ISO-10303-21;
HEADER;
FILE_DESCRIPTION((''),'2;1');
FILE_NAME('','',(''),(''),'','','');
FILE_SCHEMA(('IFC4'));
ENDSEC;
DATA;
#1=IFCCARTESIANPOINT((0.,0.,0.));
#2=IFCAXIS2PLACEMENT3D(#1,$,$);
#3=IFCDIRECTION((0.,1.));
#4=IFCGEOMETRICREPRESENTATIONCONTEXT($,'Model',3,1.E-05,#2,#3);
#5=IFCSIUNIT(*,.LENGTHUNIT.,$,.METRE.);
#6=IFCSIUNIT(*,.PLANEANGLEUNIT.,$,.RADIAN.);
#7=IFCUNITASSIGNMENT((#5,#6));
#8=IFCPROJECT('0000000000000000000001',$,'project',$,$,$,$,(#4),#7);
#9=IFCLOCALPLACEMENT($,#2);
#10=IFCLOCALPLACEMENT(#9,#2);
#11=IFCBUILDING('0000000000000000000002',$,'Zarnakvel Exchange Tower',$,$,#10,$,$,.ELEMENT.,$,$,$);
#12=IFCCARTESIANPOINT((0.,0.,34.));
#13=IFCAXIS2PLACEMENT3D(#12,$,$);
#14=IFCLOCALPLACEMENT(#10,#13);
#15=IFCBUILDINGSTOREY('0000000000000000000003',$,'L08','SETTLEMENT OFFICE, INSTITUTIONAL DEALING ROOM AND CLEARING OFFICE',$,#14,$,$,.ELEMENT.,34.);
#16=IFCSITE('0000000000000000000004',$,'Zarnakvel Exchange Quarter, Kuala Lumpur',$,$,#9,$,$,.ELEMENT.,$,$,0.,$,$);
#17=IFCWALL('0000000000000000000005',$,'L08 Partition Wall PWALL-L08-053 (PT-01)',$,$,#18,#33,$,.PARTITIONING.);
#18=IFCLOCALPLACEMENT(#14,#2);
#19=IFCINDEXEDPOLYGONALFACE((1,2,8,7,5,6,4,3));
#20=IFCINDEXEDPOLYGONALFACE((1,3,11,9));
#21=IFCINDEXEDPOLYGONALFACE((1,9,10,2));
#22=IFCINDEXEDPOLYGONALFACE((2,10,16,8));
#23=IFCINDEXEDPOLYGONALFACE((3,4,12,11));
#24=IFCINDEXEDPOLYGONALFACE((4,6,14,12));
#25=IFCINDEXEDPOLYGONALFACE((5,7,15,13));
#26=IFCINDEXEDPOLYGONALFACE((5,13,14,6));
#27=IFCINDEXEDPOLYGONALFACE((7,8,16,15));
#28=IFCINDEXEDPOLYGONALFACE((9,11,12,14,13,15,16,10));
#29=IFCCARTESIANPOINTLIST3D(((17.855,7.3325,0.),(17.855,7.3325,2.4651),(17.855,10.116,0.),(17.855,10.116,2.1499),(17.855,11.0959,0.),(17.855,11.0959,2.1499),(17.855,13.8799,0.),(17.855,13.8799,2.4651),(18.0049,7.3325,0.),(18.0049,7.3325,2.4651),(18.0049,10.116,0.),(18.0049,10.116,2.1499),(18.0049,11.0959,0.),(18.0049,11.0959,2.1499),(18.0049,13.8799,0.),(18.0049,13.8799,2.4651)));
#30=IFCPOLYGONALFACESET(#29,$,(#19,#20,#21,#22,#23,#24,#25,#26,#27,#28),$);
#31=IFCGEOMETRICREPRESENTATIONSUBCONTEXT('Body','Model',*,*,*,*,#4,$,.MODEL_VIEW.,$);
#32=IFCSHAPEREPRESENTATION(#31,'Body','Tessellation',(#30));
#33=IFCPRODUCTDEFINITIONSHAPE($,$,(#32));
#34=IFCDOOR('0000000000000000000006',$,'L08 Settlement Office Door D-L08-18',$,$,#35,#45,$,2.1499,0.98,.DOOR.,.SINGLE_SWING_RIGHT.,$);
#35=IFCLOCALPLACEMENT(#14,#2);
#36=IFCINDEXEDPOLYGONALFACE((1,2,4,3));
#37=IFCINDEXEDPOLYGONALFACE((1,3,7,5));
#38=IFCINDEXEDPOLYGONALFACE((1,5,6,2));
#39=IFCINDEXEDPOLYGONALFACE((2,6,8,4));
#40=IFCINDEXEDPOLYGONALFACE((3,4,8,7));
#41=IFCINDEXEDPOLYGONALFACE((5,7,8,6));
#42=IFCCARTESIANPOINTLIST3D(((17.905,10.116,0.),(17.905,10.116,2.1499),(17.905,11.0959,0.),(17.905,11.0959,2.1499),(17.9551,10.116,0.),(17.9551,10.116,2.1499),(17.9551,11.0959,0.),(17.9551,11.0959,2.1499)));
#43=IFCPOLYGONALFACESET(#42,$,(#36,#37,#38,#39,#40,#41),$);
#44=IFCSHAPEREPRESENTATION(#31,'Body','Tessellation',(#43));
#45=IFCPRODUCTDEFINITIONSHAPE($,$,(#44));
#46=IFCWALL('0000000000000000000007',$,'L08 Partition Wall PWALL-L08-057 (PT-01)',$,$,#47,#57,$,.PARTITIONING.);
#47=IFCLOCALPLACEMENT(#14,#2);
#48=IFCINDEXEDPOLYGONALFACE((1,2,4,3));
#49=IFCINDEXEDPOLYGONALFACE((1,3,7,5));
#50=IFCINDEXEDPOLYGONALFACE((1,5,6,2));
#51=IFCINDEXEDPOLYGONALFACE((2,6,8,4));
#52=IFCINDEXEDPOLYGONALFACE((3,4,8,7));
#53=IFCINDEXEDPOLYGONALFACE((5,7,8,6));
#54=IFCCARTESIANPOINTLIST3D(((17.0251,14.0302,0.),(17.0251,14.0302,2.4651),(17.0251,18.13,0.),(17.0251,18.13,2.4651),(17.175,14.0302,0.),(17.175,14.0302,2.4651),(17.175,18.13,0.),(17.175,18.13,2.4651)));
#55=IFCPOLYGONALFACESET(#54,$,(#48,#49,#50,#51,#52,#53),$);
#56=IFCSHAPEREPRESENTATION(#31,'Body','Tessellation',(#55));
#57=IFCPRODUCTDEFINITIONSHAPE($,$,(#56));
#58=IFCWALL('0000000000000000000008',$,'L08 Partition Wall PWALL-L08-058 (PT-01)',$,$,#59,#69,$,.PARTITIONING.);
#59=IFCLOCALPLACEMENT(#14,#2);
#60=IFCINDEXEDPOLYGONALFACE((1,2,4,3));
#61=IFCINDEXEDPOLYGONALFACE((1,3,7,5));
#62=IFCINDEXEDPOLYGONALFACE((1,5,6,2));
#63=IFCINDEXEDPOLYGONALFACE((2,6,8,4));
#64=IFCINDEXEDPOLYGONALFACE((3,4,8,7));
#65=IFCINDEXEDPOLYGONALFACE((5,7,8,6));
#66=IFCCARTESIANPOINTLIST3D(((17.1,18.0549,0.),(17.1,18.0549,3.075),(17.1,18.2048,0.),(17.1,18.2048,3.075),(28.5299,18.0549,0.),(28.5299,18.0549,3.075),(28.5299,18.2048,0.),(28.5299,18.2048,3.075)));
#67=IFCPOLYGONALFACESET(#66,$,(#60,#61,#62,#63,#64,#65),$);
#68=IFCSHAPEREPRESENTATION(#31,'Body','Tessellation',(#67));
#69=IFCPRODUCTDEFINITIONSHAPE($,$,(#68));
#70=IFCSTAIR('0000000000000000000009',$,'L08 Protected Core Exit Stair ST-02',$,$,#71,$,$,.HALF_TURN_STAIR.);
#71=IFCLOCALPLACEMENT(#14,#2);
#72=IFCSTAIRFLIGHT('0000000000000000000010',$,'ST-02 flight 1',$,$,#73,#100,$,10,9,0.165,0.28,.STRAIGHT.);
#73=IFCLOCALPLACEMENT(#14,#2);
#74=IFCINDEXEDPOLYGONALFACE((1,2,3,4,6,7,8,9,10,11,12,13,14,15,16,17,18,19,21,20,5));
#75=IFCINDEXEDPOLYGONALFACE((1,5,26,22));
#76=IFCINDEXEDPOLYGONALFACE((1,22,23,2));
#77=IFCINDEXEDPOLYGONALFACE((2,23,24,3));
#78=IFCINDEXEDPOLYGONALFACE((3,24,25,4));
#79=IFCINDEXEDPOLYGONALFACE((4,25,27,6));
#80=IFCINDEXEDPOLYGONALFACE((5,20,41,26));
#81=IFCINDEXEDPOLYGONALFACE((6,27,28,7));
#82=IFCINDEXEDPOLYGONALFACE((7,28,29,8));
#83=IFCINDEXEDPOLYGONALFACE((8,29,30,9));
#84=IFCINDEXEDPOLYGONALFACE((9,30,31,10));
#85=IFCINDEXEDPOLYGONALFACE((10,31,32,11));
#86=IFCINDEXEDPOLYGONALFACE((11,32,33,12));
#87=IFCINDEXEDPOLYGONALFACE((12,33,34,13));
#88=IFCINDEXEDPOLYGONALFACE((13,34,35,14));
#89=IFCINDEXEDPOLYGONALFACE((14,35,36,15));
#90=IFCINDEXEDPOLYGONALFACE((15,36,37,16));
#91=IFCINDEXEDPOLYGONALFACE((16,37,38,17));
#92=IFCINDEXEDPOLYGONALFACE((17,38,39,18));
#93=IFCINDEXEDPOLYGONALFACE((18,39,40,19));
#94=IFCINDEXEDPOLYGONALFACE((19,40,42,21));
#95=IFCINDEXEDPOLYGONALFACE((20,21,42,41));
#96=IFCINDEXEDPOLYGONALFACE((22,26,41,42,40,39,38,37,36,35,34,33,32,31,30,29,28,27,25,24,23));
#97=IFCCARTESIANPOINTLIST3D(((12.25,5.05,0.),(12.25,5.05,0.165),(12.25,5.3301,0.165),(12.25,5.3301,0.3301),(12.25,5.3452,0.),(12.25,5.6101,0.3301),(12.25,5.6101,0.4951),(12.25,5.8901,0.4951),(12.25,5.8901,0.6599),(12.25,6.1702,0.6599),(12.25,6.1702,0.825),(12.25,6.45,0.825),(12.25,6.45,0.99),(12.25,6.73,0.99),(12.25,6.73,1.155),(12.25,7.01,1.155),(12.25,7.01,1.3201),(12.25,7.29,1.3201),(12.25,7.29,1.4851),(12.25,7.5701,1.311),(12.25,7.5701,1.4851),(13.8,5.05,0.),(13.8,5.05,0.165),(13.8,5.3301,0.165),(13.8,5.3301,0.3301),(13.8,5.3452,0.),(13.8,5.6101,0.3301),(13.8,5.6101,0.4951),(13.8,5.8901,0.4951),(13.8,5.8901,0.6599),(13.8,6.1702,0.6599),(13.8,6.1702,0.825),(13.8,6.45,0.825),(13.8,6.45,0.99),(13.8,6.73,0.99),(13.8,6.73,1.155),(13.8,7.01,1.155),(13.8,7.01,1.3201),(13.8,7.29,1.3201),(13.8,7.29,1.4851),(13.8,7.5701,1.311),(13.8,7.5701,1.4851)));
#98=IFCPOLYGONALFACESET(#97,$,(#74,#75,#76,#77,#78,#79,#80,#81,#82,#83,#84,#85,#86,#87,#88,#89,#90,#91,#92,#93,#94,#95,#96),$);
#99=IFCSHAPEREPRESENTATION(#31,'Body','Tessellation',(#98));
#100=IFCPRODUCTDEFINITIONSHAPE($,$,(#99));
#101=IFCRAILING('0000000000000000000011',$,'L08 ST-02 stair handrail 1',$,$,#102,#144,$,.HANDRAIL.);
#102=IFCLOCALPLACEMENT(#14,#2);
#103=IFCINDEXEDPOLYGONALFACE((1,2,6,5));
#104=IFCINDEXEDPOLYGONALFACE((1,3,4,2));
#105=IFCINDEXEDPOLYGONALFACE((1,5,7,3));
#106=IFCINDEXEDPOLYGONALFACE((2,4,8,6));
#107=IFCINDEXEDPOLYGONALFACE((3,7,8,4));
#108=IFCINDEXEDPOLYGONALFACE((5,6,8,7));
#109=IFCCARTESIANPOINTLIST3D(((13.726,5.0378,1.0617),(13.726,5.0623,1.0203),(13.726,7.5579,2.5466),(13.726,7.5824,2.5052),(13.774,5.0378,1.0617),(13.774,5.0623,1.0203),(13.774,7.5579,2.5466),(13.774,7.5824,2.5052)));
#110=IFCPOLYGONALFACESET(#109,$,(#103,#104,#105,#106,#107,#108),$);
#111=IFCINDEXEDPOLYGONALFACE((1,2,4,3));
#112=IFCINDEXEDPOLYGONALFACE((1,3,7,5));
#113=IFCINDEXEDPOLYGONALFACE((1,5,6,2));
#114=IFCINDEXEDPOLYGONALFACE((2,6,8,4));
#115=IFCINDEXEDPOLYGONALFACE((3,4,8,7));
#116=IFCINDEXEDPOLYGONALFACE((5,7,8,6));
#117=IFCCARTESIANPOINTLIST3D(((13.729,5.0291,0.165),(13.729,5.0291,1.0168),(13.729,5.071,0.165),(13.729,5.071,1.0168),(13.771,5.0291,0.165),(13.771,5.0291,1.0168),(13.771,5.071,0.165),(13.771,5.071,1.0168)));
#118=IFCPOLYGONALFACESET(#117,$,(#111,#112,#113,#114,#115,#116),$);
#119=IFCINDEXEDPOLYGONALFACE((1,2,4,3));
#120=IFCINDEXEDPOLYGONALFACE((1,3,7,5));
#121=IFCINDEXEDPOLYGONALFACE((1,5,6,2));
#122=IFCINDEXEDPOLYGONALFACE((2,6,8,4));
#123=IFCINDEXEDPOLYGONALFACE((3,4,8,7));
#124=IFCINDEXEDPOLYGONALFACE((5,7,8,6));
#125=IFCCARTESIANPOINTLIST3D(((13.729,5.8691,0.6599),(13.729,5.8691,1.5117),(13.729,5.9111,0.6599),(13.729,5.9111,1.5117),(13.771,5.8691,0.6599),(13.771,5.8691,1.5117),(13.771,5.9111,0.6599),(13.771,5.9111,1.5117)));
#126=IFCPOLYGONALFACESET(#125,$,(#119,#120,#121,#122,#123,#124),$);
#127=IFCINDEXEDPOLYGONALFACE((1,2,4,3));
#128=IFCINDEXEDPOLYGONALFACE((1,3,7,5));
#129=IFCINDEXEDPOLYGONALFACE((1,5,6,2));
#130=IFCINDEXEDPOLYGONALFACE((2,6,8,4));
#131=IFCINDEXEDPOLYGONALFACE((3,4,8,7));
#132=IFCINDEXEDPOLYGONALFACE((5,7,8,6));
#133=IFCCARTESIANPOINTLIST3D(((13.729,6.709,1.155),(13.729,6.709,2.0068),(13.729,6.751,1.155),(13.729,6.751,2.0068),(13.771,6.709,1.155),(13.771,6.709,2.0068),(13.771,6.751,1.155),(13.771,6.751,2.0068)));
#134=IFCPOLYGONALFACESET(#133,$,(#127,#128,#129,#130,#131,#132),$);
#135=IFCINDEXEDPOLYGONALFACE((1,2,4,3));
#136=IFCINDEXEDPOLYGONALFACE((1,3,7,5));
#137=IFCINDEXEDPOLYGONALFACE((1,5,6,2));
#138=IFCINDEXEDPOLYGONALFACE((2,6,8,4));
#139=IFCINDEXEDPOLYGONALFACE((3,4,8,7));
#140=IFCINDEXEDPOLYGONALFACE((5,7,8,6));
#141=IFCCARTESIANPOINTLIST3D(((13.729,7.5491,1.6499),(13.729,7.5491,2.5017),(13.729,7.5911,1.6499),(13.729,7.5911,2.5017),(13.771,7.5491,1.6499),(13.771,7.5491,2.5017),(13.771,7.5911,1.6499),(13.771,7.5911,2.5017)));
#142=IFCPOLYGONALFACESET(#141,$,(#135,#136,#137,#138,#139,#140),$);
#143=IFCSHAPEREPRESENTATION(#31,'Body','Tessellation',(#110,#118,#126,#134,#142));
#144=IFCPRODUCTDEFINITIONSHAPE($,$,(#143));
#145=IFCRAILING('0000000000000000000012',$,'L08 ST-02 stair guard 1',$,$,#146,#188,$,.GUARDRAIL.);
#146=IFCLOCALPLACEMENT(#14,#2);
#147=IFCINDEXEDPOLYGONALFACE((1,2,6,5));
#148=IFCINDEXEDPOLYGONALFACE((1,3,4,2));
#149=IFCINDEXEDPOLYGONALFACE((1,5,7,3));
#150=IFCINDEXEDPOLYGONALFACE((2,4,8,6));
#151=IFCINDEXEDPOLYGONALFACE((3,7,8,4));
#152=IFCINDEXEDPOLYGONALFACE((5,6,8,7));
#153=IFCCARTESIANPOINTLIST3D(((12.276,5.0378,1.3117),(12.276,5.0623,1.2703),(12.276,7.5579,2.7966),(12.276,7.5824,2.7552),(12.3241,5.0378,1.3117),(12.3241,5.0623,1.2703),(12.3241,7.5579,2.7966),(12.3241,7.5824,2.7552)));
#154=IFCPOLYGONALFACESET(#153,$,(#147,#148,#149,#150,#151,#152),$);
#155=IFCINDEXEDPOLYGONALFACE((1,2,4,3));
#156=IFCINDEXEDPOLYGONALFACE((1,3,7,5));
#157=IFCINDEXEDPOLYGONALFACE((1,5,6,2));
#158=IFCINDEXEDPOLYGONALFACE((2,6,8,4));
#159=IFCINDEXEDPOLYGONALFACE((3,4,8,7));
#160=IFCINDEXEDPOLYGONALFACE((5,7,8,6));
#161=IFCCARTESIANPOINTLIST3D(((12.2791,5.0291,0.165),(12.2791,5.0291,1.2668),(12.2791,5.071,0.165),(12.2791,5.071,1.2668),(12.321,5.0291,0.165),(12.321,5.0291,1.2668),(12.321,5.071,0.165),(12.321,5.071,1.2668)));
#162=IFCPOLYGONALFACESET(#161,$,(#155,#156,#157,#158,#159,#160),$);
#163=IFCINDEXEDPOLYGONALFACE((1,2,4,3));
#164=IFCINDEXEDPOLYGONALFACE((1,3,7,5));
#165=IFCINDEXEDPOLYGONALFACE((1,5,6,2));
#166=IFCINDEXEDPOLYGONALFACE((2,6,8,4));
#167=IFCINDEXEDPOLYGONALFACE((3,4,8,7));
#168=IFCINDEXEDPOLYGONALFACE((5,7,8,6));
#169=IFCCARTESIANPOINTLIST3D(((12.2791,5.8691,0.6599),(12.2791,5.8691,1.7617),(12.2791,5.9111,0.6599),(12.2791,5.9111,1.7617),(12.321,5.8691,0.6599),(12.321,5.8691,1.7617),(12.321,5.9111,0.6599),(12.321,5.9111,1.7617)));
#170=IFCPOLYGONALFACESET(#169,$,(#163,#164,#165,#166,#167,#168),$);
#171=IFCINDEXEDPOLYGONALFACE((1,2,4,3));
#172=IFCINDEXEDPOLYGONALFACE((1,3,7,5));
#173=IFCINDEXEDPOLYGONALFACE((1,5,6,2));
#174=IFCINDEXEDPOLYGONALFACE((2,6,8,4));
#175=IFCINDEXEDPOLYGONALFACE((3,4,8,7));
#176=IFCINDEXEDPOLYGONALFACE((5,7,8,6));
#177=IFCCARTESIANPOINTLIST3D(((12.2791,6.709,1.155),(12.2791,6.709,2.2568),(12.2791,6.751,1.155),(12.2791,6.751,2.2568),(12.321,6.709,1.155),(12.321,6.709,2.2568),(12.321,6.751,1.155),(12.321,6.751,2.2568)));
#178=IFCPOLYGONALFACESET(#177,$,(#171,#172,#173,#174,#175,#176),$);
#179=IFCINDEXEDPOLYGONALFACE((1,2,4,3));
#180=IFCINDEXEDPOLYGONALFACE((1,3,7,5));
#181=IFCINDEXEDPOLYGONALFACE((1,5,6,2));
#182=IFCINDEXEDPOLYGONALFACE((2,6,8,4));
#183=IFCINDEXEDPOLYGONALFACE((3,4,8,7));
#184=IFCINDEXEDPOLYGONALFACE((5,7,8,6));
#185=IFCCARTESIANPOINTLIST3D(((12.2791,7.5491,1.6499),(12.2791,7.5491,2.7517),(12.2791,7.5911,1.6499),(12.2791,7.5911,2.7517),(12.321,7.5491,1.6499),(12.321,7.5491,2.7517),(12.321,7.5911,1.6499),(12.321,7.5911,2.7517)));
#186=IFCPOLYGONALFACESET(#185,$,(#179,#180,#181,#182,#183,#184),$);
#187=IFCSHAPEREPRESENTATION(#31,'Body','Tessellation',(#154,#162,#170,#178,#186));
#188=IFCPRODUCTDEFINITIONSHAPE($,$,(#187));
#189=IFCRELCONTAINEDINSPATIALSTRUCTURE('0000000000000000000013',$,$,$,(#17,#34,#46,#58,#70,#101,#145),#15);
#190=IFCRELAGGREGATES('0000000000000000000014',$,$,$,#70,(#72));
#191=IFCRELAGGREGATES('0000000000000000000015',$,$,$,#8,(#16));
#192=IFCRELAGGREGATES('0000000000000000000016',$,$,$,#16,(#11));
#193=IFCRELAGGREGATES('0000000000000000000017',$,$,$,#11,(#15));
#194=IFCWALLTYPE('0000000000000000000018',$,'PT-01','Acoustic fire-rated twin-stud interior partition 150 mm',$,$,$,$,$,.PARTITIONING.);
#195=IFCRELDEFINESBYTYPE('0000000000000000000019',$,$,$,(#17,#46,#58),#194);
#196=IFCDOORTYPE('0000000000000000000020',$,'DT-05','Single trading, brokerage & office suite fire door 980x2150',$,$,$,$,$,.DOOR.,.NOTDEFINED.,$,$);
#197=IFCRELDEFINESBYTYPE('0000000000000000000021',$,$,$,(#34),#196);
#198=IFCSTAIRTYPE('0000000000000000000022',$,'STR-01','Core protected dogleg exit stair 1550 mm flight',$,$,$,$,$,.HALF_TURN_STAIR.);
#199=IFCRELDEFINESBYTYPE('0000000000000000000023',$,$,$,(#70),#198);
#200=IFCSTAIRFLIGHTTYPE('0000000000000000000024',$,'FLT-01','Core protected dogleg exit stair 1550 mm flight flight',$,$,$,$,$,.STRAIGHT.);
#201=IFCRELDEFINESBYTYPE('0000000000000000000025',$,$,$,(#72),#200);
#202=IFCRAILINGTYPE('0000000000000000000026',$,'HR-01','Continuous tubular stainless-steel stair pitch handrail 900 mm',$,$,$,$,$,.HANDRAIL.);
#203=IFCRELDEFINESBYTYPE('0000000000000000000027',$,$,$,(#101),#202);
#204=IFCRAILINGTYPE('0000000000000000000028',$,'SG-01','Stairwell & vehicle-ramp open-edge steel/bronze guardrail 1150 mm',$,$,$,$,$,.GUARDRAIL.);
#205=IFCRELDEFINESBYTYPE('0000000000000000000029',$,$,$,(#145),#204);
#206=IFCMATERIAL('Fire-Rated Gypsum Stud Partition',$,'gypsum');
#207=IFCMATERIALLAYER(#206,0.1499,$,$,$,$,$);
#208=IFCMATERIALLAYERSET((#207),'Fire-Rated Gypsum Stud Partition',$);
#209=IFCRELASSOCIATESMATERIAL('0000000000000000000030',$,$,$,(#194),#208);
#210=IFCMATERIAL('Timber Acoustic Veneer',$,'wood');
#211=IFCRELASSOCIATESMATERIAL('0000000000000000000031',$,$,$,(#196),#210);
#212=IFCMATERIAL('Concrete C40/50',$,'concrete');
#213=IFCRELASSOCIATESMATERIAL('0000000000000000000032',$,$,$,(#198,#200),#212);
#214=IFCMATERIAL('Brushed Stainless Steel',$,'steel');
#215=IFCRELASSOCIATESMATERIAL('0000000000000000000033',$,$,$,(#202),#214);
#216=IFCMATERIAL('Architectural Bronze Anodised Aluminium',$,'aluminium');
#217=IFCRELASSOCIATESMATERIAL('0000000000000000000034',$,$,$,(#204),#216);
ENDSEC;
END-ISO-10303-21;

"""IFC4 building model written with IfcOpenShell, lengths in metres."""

from ifc_helpers import new_model, si_unit, direction, frame, frame_2d, origin, origin_2d, place, context, subcontext, project, spatial, polyline, rectangle, outline, extrude, source, transform, mapped, material, layer, layer_set, type_object, element, fill, aggregate, save


model = new_model("IFC4")

# Units and contexts
model_context = context("Model", 3, precision=1e-05, world=origin(), true_north=direction((0.0, 1.0)))
body_context = subcontext(model_context, "Body", "Model", "MODEL_VIEW")
ifc_project = project(units=[si_unit("LENGTHUNIT", "METRE"), si_unit("PLANEANGLEUNIT", "RADIAN")], contexts=[model_context])

# Site, building, storey
site_placement = place(None, origin())
site = spatial("IfcSite", under=ifc_project, at=site_placement, Name="Zarnakvel Exchange Quarter, Kuala Lumpur", CompositionType="ELEMENT", RefElevation=0.0)
building_placement = place(site_placement, origin())
building = spatial("IfcBuilding", under=site, at=building_placement, Name="Zarnakvel Exchange Tower", CompositionType="ELEMENT")
storey_placement = place(building_placement, frame((0.0, 0.0, 34.0)))
storey = spatial("IfcBuildingStorey", under=building, at=storey_placement, Name="L08", Description="SETTLEMENT OFFICE, INSTITUTIONAL DEALING ROOM AND CLEARING OFFICE", CompositionType="ELEMENT", Elevation=34.0)

# Shared definitions
ifc_material_1 = material(Name="Architectural Bronze Anodised Aluminium", Category="aluminium")

# Shared definitions
ifc_material_2 = material(Name="Fire-Rated Gypsum Stud Partition", Category="gypsum")
ifc_layer_1 = layer(ifc_material_2, 0.1499)
ifc_layer_set_1 = layer_set([ifc_layer_1], Name="Fire-Rated Gypsum Stud Partition")
wall_type_1 = type_object("IfcWallType", Name="PT-01", Description="Acoustic fire-rated twin-stud interior partition 150 mm", PredefinedType="PARTITIONING", material=ifc_layer_set_1)

# Wall, opening, door
wall_1_placement = place(storey_placement, frame((17.9299, 7.3325, 0.0), z_axis=(0.0, 0.0, 1.0), x_axis=(0.0, 1.0, 0.0)))
wall_1 = element("IfcWall", 1, at=wall_1_placement, inside=storey, type_object=wall_type_1, Name="L08 Partition Wall PWALL-L08-053 (PT-01)", PredefinedType="PARTITIONING", context=body_context, shape_type="SweptSolid", body=[
    extrude(rectangle(XDim=6.5474, YDim=0.1499, at=frame_2d((3.2737, 0.0))), origin(), (0.0, 0.0, 1.0), 2.4651),
])
opening_1_placement = place(wall_1_placement, frame((2.7834, 0.0, 0.0)))
opening_1 = element("IfcOpeningElement", 2, at=opening_1_placement, cuts=wall_1, PredefinedType="OPENING", context=body_context, shape_type="SweptSolid", body=[
    extrude(rectangle(XDim=0.98, YDim=2.1499, at=frame_2d((0.49, 1.075))), frame((0.0, 0.085, 0.0), z_axis=(0.0, -1.0, 0.0), x_axis=(1.0, 0.0, 0.0)), (0.0, 0.0, 1.0), 0.1699),
])
ifc_material_3 = material(Name="Timber Acoustic Veneer", Category="wood")
door_type_1 = type_object("IfcDoorType", Name="DT-05", Description="Single trading, brokerage & office suite fire door 980x2150", OperationType="NOTDEFINED", PredefinedType="DOOR", material=ifc_material_3)
shared_shape_1 = source(origin(), body_context, "Body", "SweptSolid", [
    extrude(rectangle(XDim=0.98, YDim=2.1499, at=frame_2d((0.49, 1.075))), frame((0.0, 0.0249, 0.0), z_axis=(0.0, -1.0, 0.0), x_axis=(1.0, 0.0, 0.0)), (0.0, 0.0, 1.0), 0.05),
])
door_1_placement = place(opening_1_placement, origin())
door_1 = element("IfcDoor", 3, at=door_1_placement, inside=storey, type_object=door_type_1, Name="L08 Settlement Office Door D-L08-18", OperationType="SINGLE_SWING_RIGHT", OverallHeight=2.1499, OverallWidth=0.98, PredefinedType="DOOR", context=body_context, shape_type="MappedRepresentation", body=[
    mapped(shared_shape_1, transform((0.0, 0.0, 0.0), x_axis=(1.0, 0.0, 0.0), y_axis=(0.0, 1.0, 0.0), z_axis=(0.0, 0.0, 1.0), scale=1.0)),
])
fill(opening_1, door_1)

# Walls
wall_2_placement = place(storey_placement, frame((17.1001, 18.1299, 0.0), z_axis=(0.0, 0.0, 1.0), x_axis=(0.0, -1.0, 0.0)))
element("IfcWall", 4, at=wall_2_placement, inside=storey, type_object=wall_type_1, Name="L08 Partition Wall PWALL-L08-057 (PT-01)", PredefinedType="PARTITIONING", context=body_context, shape_type="SweptSolid", body=[
    extrude(rectangle(XDim=4.0999, YDim=0.1499, at=frame_2d((2.0498, 0.0))), origin(), (0.0, 0.0, 1.0), 2.4651),
])
wall_3_placement = place(storey_placement, frame((17.1001, 18.1299, 0.0), z_axis=(0.0, 0.0, 1.0), x_axis=(1.0, 0.0, 0.0)))
element("IfcWall", 5, at=wall_3_placement, inside=storey, type_object=wall_type_1, Name="L08 Partition Wall PWALL-L08-058 (PT-01)", PredefinedType="PARTITIONING", context=body_context, shape_type="SweptSolid", body=[
    extrude(rectangle(XDim=11.4299, YDim=0.1499, at=frame_2d((5.7148, 0.0))), origin(), (0.0, 0.0, 1.0), 3.075),
])

# Shared definitions
ifc_material_4 = material(Name="Concrete C40/50", Category="concrete")

# Stair, stair flight
stair_type = type_object("IfcStairType", Name="STR-01", Description="Core protected dogleg exit stair 1550 mm flight", PredefinedType="HALF_TURN_STAIR", material=ifc_material_4)
stair_placement = place(storey_placement, origin())
stair = element("IfcStair", 6, at=stair_placement, inside=storey, type_object=stair_type, Name="L08 Protected Core Exit Stair ST-02", PredefinedType="HALF_TURN_STAIR")
stair_flight_type = type_object("IfcStairFlightType", Name="FLT-01", Description="Core protected dogleg exit stair 1550 mm flight flight", PredefinedType="STRAIGHT", material=ifc_material_4)
stair_flight_placement = place(storey_placement, frame((13.0249, 5.05, 0.0), z_axis=(0.0, 0.0, 1.0), x_axis=(0.0, 1.0, 0.0)))
stair_flight = element("IfcStairFlight", 7, at=stair_flight_placement, type_object=stair_flight_type, Name="ST-02 flight 1", NumberOfRisers=10, NumberOfTreads=9, PredefinedType="STRAIGHT", RiserHeight=0.165, TreadLength=0.28, context=body_context, shape_type="SweptSolid", body=[
    extrude(outline(polyline([(0.0, 0.0), (0.0, 0.165), (0.28, 0.165), (0.28, 0.3301), (0.5601, 0.3301), (0.5601, 0.4951), (0.8401, 0.4951), (0.8401, 0.6599), (1.1201, 0.6599), (1.1201, 0.825), (1.3999, 0.825), (1.3999, 0.99), (1.6799, 0.99), (1.6799, 1.155), (1.96, 1.155), (1.96, 1.3201), (2.24, 1.3201), (2.24, 1.4851), (2.52, 1.4851), (2.52, 1.6499), (2.52, 1.311), (0.2952, 0.0), (0.0, 0.0)])), frame((0.0, 0.7749, 0.0), z_axis=(0.0, -1.0, 0.0), x_axis=(1.0, 0.0, 0.0)), (0.0, 0.0, 1.0), 1.55),
])
aggregate(stair, [stair_flight])

# Railings
ifc_material_5 = material(Name="Brushed Stainless Steel", Category="steel")
railing_type_1 = type_object("IfcRailingType", Name="HR-01", Description="Continuous tubular stainless-steel stair pitch handrail 900 mm", PredefinedType="HANDRAIL", material=ifc_material_5)
railing_1_placement = place(storey_placement, frame((13.75, 5.05, 0.165)))
element("IfcRailing", 8, at=railing_1_placement, inside=storey, type_object=railing_type_1, Name="L08 ST-02 stair handrail 1", PredefinedType="HANDRAIL", context=body_context, shape_type="SweptSolid", body=[
    extrude(rectangle(XDim=0.0481, YDim=0.0481, at=origin_2d()), frame((0.0, 0.0, 0.876), z_axis=(0.0, 0.861561, 0.507655), x_axis=(-1.0, 0.0, 0.0)), (0.0, 0.0, 1.0), 2.925),
    extrude(rectangle(XDim=0.042, YDim=0.042, at=origin_2d()), origin(), (0.0, 0.0, 1.0), 0.8518),
    extrude(rectangle(XDim=0.042, YDim=0.042, at=origin_2d()), frame((0.0, 0.8401, 0.4949)), (0.0, 0.0, 1.0), 0.8518),
    extrude(rectangle(XDim=0.042, YDim=0.042, at=origin_2d()), frame((0.0, 1.6799, 0.99)), (0.0, 0.0, 1.0), 0.8518),
    extrude(rectangle(XDim=0.042, YDim=0.042, at=origin_2d()), frame((0.0, 2.52, 1.4849)), (0.0, 0.0, 1.0), 0.8518),
])
railing_type_2 = type_object("IfcRailingType", Name="SG-01", Description="Stairwell & vehicle-ramp open-edge steel/bronze guardrail 1150 mm", PredefinedType="GUARDRAIL", material=ifc_material_1)
railing_2_placement = place(storey_placement, frame((12.3, 5.05, 0.165)))
element("IfcRailing", 9, at=railing_2_placement, inside=storey, type_object=railing_type_2, Name="L08 ST-02 stair guard 1", PredefinedType="GUARDRAIL", context=body_context, shape_type="SweptSolid", body=[
    extrude(rectangle(XDim=0.0481, YDim=0.0481, at=origin_2d()), frame((0.0, 0.0, 1.126), z_axis=(0.0, 0.861561, 0.507655), x_axis=(-1.0, 0.0, 0.0)), (0.0, 0.0, 1.0), 2.925),
    extrude(rectangle(XDim=0.042, YDim=0.042, at=origin_2d()), origin(), (0.0, 0.0, 1.0), 1.1018),
    extrude(rectangle(XDim=0.042, YDim=0.042, at=origin_2d()), frame((0.0, 0.8401, 0.4949)), (0.0, 0.0, 1.0), 1.1018),
    extrude(rectangle(XDim=0.042, YDim=0.042, at=origin_2d()), frame((0.0, 1.6799, 0.99)), (0.0, 0.0, 1.0), 1.1018),
    extrude(rectangle(XDim=0.042, YDim=0.042, at=origin_2d()), frame((0.0, 2.52, 1.4849)), (0.0, 0.0, 1.0), 1.1018),
])

save(model, "model.ifc")
